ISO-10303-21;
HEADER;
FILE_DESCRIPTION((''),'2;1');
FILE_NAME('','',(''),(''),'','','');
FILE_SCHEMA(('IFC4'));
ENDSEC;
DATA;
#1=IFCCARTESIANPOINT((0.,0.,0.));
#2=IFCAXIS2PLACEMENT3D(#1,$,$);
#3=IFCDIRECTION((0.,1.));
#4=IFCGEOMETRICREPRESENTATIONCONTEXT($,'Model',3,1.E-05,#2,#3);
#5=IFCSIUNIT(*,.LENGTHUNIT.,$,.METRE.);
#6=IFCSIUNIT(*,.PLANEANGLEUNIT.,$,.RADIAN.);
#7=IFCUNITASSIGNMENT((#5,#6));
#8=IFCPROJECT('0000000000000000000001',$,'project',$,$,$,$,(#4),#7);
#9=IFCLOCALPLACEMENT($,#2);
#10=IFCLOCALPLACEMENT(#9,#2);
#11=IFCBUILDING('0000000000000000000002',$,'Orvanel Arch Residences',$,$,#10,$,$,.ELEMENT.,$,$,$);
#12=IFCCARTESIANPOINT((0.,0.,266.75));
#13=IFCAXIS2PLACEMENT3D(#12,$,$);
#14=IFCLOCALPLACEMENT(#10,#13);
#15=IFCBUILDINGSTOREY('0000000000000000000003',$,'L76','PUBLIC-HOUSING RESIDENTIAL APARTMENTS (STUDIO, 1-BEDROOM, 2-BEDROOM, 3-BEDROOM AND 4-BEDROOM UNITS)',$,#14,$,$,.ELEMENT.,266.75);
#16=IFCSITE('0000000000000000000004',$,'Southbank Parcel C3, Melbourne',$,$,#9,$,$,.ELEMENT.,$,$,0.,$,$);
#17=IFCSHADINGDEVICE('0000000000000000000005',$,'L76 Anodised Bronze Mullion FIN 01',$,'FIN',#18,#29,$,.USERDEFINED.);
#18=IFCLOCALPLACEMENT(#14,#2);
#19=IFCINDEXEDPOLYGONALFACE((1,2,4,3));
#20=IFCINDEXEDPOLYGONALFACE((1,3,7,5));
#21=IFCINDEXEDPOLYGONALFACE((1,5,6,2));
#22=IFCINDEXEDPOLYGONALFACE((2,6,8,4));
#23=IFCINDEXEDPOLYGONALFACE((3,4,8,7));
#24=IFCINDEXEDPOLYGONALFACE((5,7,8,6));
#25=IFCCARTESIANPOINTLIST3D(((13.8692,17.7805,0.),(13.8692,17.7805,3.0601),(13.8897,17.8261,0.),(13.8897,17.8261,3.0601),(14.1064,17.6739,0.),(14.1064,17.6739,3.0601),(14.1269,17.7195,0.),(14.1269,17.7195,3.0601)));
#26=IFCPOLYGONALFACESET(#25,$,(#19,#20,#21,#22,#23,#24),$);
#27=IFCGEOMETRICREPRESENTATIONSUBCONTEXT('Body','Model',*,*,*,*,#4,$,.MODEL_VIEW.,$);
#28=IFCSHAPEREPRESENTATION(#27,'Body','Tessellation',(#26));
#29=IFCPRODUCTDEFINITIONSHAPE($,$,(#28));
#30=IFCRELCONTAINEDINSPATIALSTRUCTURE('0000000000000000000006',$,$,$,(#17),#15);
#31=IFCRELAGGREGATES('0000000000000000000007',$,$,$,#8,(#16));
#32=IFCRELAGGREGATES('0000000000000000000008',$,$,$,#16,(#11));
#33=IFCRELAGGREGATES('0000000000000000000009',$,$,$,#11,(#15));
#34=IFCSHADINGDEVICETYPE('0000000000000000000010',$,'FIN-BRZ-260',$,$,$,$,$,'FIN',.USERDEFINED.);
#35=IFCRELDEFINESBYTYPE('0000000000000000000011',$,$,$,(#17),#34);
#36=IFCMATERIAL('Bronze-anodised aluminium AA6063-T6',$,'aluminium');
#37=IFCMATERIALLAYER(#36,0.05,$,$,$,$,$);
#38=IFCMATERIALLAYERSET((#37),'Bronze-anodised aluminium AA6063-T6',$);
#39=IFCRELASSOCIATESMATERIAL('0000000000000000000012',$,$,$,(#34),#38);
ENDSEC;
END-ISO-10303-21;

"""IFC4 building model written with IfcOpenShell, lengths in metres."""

from ifc_helpers import new_model, si_unit, direction, frame, origin, origin_2d, place, context, subcontext, project, spatial, rectangle, extrude, material, layer, layer_set, type_object, element, save


model = new_model("IFC4")

# Units and contexts
model_context = context("Model", 3, precision=1e-05, world=origin(), true_north=direction((0.0, 1.0)))
body_context = subcontext(model_context, "Body", "Model", "MODEL_VIEW")
ifc_project = project(units=[si_unit("LENGTHUNIT", "METRE"), si_unit("PLANEANGLEUNIT", "RADIAN")], contexts=[model_context])

# Site, building, storey
site_placement = place(None, origin())
site = spatial("IfcSite", under=ifc_project, at=site_placement, Name="Southbank Parcel C3, Melbourne", CompositionType="ELEMENT", RefElevation=0.0)
building_placement = place(site_placement, origin())
building = spatial("IfcBuilding", under=site, at=building_placement, Name="Orvanel Arch Residences", CompositionType="ELEMENT")
storey_placement = place(building_placement, frame((0.0, 0.0, 266.75)))
storey = spatial("IfcBuildingStorey", under=building, at=storey_placement, Name="L76", Description="PUBLIC-HOUSING RESIDENTIAL APARTMENTS (STUDIO, 1-BEDROOM, 2-BEDROOM, 3-BEDROOM AND 4-BEDROOM UNITS)", CompositionType="ELEMENT", Elevation=266.75)

# Shared definitions
ifc_material_1 = material(Name="Bronze-anodised aluminium AA6063-T6", Category="aluminium")

# Shading device
ifc_layer_1 = layer(ifc_material_1, 0.05)
ifc_layer_set_1 = layer_set([ifc_layer_1], Name="Bronze-anodised aluminium AA6063-T6")
shading_device_type = type_object("IfcShadingDeviceType", Name="FIN-BRZ-260", ElementType="FIN", PredefinedType="USERDEFINED", material=ifc_layer_set_1)
shading_device_placement = place(storey_placement, frame((13.998, 17.75, 0.0), z_axis=(0.0, 0.0, 1.0), x_axis=(-0.91212, 0.409923, 0.0)))
element("IfcShadingDevice", 1, at=shading_device_placement, inside=storey, type_object=shading_device_type, Name="L76 Anodised Bronze Mullion FIN 01", ObjectType="FIN", PredefinedType="USERDEFINED", context=body_context, shape_type="SweptSolid", body=[
    extrude(rectangle(XDim=0.26, YDim=0.05, at=origin_2d()), origin(), (0.0, 0.0, 1.0), 3.0601),
])

save(model, "model.ifc")
